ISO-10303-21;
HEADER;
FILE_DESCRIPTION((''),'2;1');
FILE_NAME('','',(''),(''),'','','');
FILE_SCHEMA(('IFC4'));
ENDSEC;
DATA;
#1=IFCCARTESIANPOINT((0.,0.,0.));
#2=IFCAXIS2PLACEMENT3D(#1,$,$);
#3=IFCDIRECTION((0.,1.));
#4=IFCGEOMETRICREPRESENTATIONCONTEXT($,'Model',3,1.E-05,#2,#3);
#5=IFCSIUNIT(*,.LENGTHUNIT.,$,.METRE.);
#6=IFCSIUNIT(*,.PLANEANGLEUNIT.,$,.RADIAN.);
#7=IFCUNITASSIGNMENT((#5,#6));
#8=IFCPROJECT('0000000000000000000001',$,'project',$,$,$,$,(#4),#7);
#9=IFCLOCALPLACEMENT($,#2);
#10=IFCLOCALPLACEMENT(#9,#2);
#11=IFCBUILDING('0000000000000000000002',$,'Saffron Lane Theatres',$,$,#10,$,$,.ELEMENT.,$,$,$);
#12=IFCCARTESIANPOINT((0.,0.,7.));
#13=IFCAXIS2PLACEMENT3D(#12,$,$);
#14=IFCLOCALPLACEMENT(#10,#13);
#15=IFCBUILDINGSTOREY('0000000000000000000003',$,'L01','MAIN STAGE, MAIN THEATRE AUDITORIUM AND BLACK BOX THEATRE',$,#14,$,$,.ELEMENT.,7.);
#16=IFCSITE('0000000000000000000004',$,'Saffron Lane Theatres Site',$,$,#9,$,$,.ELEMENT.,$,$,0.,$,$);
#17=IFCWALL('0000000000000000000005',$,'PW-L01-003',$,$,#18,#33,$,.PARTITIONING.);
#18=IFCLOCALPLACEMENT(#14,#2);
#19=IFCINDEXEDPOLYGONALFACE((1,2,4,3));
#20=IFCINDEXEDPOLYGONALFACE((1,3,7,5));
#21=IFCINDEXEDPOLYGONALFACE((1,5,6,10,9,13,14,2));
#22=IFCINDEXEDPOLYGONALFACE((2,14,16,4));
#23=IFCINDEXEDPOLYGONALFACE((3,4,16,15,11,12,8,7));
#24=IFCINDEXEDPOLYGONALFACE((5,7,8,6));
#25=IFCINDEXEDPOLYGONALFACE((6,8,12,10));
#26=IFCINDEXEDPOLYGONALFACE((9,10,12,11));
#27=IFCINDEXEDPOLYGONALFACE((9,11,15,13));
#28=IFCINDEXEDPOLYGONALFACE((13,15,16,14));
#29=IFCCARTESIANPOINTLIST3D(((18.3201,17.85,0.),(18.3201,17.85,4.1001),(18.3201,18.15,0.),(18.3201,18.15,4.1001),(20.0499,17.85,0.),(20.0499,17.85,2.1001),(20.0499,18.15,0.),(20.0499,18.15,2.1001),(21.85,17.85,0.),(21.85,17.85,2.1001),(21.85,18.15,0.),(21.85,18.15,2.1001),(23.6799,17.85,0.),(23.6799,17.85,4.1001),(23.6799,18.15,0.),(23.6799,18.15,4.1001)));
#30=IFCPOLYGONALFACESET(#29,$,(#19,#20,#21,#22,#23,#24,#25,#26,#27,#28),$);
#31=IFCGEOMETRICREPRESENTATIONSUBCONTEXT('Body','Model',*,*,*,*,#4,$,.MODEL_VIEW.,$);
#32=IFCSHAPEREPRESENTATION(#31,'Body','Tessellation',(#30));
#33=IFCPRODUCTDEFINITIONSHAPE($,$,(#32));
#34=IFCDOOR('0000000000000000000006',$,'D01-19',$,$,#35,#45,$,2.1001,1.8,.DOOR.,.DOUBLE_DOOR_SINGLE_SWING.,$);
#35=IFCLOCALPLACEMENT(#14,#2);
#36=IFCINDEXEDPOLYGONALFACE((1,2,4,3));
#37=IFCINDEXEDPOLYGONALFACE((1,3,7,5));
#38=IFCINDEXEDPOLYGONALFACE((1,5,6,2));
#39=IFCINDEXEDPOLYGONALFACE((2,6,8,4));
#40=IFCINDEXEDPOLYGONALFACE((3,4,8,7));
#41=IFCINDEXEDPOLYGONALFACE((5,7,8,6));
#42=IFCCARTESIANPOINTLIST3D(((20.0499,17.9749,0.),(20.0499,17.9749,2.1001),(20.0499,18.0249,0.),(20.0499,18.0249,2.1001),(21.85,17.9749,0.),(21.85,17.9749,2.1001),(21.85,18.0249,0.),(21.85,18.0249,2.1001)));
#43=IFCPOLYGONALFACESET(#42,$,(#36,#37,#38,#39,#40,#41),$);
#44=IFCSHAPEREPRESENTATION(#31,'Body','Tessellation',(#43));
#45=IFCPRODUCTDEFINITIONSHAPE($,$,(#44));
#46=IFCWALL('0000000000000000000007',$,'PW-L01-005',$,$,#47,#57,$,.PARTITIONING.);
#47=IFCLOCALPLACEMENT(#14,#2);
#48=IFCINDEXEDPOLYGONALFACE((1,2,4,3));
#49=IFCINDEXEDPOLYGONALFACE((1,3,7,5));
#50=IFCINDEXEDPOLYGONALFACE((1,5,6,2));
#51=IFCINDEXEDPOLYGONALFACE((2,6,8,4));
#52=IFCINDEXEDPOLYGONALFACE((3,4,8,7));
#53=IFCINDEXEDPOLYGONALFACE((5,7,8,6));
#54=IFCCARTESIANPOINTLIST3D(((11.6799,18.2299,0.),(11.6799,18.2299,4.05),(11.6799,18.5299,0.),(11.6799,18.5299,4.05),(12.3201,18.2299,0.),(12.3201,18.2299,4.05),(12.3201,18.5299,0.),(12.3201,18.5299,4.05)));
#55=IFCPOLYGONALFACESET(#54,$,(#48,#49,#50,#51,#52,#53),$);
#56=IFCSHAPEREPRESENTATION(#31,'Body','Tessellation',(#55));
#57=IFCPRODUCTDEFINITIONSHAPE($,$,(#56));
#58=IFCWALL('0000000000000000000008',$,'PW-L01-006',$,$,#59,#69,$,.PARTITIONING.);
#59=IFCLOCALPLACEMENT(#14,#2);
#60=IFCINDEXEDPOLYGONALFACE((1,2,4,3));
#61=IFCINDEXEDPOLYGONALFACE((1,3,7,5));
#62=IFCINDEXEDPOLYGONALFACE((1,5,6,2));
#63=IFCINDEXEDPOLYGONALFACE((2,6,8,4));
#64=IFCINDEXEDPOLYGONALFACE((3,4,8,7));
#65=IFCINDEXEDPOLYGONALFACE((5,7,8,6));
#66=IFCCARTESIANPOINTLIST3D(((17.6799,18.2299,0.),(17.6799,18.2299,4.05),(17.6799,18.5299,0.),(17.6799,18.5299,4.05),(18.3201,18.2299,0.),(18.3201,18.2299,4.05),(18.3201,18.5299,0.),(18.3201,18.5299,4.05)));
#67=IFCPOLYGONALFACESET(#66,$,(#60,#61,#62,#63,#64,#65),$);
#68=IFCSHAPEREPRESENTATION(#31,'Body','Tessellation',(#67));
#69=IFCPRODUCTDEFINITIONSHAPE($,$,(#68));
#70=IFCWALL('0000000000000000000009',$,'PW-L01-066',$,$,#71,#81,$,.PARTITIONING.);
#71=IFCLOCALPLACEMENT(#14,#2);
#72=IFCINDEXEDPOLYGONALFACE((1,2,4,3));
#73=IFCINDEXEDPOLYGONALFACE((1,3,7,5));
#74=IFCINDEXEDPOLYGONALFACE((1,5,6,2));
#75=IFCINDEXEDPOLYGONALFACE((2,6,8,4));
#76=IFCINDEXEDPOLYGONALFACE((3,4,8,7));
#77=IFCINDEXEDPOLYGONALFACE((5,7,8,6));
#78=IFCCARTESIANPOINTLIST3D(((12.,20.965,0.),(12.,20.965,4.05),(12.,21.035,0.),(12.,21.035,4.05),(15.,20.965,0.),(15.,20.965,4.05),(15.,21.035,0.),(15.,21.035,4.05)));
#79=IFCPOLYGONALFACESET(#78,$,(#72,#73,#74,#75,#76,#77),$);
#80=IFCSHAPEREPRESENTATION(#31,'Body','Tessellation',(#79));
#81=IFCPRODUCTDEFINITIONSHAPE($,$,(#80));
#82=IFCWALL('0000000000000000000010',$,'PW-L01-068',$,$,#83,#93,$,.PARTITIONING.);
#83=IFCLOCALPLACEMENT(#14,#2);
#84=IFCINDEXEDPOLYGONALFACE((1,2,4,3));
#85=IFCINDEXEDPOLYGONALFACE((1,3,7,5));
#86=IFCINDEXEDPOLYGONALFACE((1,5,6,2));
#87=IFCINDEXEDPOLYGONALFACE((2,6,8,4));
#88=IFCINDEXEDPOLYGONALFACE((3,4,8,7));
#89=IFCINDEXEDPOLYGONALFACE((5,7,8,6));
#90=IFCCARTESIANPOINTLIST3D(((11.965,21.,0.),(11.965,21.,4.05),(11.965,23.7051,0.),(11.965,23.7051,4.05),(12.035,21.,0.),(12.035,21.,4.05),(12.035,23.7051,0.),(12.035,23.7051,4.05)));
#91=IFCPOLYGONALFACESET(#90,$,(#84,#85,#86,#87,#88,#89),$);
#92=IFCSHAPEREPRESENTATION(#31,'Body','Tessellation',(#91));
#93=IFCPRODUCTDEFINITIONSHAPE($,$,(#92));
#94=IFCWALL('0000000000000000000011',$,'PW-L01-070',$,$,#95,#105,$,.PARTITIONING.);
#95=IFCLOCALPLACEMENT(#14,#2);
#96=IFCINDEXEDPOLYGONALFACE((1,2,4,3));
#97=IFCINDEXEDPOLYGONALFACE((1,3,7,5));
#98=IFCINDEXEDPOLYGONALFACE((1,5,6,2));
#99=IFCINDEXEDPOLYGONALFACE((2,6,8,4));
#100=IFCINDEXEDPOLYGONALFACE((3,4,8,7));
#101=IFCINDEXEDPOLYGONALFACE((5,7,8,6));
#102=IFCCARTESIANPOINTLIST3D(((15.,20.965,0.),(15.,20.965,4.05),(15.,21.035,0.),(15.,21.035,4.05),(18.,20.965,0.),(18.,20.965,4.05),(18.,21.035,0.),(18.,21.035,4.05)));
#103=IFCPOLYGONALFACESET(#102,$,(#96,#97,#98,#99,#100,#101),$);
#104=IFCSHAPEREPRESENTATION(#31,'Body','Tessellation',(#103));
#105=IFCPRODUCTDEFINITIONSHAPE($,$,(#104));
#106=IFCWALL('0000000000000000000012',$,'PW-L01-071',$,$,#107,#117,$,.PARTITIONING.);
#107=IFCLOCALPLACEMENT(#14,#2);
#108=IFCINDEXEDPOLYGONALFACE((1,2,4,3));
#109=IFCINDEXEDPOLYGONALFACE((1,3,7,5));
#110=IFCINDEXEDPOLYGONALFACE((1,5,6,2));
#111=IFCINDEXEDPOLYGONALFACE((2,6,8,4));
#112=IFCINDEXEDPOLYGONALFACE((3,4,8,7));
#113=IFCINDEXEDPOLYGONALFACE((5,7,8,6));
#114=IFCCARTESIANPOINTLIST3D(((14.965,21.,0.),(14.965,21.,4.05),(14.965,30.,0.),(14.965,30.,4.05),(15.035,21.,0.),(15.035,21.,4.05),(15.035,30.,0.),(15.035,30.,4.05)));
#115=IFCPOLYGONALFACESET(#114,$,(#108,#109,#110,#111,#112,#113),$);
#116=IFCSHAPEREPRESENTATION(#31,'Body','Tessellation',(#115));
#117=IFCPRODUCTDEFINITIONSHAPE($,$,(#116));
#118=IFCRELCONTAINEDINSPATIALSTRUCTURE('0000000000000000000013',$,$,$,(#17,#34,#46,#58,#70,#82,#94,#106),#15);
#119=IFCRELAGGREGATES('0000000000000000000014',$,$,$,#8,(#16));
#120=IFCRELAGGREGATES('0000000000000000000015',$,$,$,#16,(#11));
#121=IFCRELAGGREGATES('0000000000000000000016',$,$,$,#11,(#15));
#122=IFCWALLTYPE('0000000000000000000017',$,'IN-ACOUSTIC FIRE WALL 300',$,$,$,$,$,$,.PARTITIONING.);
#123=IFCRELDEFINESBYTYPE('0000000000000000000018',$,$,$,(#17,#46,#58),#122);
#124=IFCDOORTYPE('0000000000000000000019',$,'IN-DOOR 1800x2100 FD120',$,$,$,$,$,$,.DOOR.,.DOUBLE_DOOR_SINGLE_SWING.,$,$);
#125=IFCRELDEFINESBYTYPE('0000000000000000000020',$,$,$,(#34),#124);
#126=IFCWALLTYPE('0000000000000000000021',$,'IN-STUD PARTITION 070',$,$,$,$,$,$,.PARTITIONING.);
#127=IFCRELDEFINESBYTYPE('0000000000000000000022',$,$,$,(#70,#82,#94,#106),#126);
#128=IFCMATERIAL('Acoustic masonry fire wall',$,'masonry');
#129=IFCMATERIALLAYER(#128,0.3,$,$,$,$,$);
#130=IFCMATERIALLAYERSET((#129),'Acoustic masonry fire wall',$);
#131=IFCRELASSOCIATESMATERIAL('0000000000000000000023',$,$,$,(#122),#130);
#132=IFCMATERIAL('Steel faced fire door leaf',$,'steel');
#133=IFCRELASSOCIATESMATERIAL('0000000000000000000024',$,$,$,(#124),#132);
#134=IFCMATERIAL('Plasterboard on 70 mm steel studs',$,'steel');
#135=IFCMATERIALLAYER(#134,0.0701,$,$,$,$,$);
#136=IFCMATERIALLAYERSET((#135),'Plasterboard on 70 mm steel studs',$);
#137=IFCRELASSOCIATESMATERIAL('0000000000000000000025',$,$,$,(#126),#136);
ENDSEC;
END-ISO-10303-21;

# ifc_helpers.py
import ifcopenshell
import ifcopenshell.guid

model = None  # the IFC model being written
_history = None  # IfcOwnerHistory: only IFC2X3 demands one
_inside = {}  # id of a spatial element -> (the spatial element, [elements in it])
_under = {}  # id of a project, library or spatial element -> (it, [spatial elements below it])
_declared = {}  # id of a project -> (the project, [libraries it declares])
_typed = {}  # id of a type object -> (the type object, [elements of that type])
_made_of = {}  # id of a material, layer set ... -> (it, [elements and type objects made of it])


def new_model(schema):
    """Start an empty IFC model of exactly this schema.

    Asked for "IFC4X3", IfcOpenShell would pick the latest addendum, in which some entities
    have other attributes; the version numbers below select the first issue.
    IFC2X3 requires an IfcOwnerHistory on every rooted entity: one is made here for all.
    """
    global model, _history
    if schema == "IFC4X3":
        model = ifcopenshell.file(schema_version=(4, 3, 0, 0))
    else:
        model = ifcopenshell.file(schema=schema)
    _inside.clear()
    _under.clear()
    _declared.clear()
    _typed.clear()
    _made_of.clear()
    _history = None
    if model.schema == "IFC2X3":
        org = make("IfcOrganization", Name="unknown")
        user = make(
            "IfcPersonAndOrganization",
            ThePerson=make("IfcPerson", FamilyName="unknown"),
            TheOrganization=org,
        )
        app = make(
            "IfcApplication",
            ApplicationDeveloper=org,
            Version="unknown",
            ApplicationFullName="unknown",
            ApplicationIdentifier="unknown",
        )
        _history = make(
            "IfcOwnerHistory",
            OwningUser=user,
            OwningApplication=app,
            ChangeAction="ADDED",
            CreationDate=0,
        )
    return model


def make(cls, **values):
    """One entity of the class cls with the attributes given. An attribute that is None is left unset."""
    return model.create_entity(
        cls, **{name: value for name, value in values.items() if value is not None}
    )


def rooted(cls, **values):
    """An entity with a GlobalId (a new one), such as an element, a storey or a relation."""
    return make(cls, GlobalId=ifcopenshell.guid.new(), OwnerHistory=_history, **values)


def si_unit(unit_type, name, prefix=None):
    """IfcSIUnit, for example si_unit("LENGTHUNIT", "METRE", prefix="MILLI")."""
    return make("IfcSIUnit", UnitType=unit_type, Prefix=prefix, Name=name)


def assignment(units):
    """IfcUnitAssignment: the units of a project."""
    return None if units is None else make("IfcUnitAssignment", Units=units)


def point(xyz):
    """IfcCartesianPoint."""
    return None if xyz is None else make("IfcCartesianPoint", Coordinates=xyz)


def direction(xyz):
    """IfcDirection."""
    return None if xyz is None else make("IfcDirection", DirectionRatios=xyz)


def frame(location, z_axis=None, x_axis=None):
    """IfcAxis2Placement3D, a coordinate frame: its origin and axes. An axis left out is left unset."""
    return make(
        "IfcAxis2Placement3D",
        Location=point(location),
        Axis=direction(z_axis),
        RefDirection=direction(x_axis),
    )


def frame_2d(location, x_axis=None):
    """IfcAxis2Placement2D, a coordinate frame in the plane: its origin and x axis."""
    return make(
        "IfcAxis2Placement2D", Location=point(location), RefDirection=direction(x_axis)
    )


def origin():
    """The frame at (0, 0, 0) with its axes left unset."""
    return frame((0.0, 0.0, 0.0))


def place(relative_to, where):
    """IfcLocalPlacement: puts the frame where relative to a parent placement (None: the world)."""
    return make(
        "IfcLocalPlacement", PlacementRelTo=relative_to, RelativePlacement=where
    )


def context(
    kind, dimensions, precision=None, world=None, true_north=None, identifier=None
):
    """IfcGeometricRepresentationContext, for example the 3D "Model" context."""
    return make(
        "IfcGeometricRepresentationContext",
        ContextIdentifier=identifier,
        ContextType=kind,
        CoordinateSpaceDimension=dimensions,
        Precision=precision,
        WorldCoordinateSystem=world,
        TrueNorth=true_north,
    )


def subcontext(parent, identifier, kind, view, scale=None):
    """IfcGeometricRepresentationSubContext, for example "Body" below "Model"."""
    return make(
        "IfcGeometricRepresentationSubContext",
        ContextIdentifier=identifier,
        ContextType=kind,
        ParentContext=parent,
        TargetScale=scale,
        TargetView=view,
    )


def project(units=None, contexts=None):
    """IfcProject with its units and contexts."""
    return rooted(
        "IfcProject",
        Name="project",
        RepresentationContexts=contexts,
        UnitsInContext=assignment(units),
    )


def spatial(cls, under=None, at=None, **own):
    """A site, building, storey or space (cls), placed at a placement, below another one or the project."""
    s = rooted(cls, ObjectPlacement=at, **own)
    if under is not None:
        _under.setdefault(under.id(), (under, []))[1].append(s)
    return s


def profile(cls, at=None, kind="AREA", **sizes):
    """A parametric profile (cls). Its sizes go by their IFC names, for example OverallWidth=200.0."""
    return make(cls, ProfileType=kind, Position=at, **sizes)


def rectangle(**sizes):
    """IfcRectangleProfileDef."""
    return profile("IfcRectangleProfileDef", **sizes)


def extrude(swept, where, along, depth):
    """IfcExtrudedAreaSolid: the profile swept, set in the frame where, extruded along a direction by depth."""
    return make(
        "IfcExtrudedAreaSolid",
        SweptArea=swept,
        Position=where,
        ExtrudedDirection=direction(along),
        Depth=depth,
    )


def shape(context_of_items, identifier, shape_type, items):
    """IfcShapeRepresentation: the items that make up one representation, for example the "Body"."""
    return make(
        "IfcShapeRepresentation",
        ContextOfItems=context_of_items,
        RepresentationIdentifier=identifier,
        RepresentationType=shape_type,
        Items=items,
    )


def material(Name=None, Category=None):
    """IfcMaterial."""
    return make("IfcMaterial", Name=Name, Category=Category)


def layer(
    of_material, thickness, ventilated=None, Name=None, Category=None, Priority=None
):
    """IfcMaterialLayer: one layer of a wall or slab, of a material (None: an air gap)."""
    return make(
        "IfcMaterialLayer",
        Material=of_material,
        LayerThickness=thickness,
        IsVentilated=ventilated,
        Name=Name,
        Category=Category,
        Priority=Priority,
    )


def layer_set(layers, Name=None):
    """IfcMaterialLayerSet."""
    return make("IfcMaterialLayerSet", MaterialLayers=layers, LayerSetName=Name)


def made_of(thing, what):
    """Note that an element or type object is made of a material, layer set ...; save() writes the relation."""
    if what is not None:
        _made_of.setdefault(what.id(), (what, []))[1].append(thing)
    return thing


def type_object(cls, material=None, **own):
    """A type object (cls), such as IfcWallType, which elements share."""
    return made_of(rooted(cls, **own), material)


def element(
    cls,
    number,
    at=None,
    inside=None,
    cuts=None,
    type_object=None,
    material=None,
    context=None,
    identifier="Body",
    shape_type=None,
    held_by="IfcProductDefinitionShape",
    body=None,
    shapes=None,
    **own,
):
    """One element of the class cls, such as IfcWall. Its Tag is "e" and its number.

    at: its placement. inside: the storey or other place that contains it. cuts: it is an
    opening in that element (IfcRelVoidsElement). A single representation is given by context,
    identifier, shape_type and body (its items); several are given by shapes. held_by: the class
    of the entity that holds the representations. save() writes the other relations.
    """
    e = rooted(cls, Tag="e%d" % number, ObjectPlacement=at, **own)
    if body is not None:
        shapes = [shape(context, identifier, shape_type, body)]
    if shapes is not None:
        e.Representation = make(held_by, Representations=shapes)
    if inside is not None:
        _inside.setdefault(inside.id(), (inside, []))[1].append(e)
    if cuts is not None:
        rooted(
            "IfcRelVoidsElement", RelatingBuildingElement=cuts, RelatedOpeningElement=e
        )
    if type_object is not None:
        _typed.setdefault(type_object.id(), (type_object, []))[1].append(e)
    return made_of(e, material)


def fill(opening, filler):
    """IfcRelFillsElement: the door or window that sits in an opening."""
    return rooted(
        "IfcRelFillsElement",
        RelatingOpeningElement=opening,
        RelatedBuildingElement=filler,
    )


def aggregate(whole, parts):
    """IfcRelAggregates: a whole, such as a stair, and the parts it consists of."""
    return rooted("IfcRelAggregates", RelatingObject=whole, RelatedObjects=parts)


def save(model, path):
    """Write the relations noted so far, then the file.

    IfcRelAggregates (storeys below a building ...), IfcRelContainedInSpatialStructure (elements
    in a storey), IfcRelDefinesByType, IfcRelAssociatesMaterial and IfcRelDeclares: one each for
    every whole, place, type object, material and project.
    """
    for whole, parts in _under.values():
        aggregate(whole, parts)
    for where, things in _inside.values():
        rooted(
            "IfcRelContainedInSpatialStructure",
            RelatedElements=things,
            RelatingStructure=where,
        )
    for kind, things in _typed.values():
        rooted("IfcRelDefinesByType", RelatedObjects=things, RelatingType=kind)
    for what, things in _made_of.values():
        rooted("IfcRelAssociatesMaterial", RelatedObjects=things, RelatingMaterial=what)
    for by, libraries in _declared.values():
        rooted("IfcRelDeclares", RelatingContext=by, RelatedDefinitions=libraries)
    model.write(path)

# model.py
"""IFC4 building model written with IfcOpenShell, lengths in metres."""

from ifc_helpers import new_model, si_unit, direction, frame, frame_2d, origin, place, context, subcontext, project, spatial, rectangle, extrude, material, layer, layer_set, type_object, element, fill, save


model = new_model("IFC4")

# Units and contexts
model_context = context("Model", 3, precision=1e-05, world=origin(), true_north=direction((0.0, 1.0)))
body_context = subcontext(model_context, "Body", "Model", "MODEL_VIEW")
ifc_project = project(units=[si_unit("LENGTHUNIT", "METRE"), si_unit("PLANEANGLEUNIT", "RADIAN")], contexts=[model_context])

# Site, building, storey
site_placement = place(None, origin())
site = spatial("IfcSite", under=ifc_project, at=site_placement, Name="Saffron Lane Theatres Site", CompositionType="ELEMENT", RefElevation=0.0)
building_placement = place(site_placement, origin())
building = spatial("IfcBuilding", under=site, at=building_placement, Name="Saffron Lane Theatres", CompositionType="ELEMENT")
storey_placement = place(building_placement, frame((0.0, 0.0, 7.0)))
storey = spatial("IfcBuildingStorey", under=building, at=storey_placement, Name="L01", Description="MAIN STAGE, MAIN THEATRE AUDITORIUM AND BLACK BOX THEATRE", CompositionType="ELEMENT", Elevation=7.0)

# Wall, opening, door
ifc_material_1 = material(Name="Acoustic masonry fire wall", Category="masonry")
ifc_layer_1 = layer(ifc_material_1, 0.3)
ifc_layer_set_1 = layer_set([ifc_layer_1], Name="Acoustic masonry fire wall")
wall_type_1 = type_object("IfcWallType", Name="IN-ACOUSTIC FIRE WALL 300", PredefinedType="PARTITIONING", material=ifc_layer_set_1)
ifc_material_2 = material(Name="Steel faced fire door leaf", Category="steel")
door_type = type_object("IfcDoorType", Name="IN-DOOR 1800x2100 FD120", OperationType="DOUBLE_DOOR_SINGLE_SWING", PredefinedType="DOOR", material=ifc_material_2)
wall_1_placement = place(storey_placement, frame((18.3201, 18.0, 0.0), z_axis=(0.0, 0.0, 1.0), x_axis=(1.0, 0.0, 0.0)))
wall_1 = element("IfcWall", 1, at=wall_1_placement, inside=storey, type_object=wall_type_1, Name="PW-L01-003", PredefinedType="PARTITIONING", context=body_context, shape_type="SweptSolid", body=[
    extrude(rectangle(XDim=5.3599, YDim=0.3, at=frame_2d((2.6799, 0.0))), origin(), (0.0, 0.0, 1.0), 4.1001),
])
opening_1_placement = place(wall_1_placement, frame((1.73, 0.0, 0.0)))
opening_1 = element("IfcOpeningElement", 2, at=opening_1_placement, cuts=wall_1, PredefinedType="OPENING", context=body_context, shape_type="SweptSolid", body=[
    extrude(rectangle(XDim=1.8, YDim=2.1001, at=frame_2d((0.8999, 1.05))), frame((0.0, 0.1602, 0.0), z_axis=(0.0, -1.0, 0.0), x_axis=(1.0, 0.0, 0.0)), (0.0, 0.0, 1.0), 0.3201),
])
door_1_placement = place(opening_1_placement, origin())
door_1 = element("IfcDoor", 3, at=door_1_placement, inside=storey, type_object=door_type, Name="D01-19", OperationType="DOUBLE_DOOR_SINGLE_SWING", OverallHeight=2.1001, OverallWidth=1.8, PredefinedType="DOOR", context=body_context, shape_type="SweptSolid", body=[
    extrude(rectangle(XDim=1.8, YDim=2.1001, at=frame_2d((0.8999, 1.05))), frame((0.0, 0.0249, 0.0), z_axis=(0.0, -1.0, 0.0), x_axis=(1.0, 0.0, 0.0)), (0.0, 0.0, 1.0), 0.05),
])
fill(opening_1, door_1)

# Walls
for number, where, z_axis, x_axis, name in (
    (4, (11.6799, 18.3799, 0.0), (0.0, 0.0, 1.0), (1.0, 0.0, 0.0), "PW-L01-005"),
    (5, (17.6799, 18.3799, 0.0), (0.0, 0.0, 1.0), (1.0, 0.0, 0.0), "PW-L01-006"),
):
    element("IfcWall", number, at=place(storey_placement, frame(where, z_axis=z_axis, x_axis=x_axis)), inside=storey, type_object=wall_type_1, Name=name, PredefinedType="PARTITIONING", context=body_context, shape_type="SweptSolid", body=[
        extrude(rectangle(XDim=0.6401, YDim=0.3, at=frame_2d((0.3201, 0.0))), origin(), (0.0, 0.0, 1.0), 4.05),
    ])
ifc_material_3 = material(Name="Plasterboard on 70 mm steel studs", Category="steel")
ifc_layer_2 = layer(ifc_material_3, 0.0701)
ifc_layer_set_2 = layer_set([ifc_layer_2], Name="Plasterboard on 70 mm steel studs")
wall_type_2 = type_object("IfcWallType", Name="IN-STUD PARTITION 070", PredefinedType="PARTITIONING", material=ifc_layer_set_2)
wall_2_placement = place(storey_placement, frame((12.0, 21.0, 0.0), z_axis=(0.0, 0.0, 1.0), x_axis=(1.0, 0.0, 0.0)))
element("IfcWall", 6, at=wall_2_placement, inside=storey, type_object=wall_type_2, Name="PW-L01-066", PredefinedType="PARTITIONING", context=body_context, shape_type="SweptSolid", body=[
    extrude(rectangle(XDim=3.0, YDim=0.0701, at=frame_2d((1.5, 0.0))), origin(), (0.0, 0.0, 1.0), 4.05),
])
wall_3_placement = place(storey_placement, frame((12.0, 21.0, 0.0), z_axis=(0.0, 0.0, 1.0), x_axis=(0.0, 1.0, 0.0)))
element("IfcWall", 7, at=wall_3_placement, inside=storey, type_object=wall_type_2, Name="PW-L01-068", PredefinedType="PARTITIONING", context=body_context, shape_type="SweptSolid", body=[
    extrude(rectangle(XDim=2.7051, YDim=0.0701, at=frame_2d((1.3525, 0.0))), origin(), (0.0, 0.0, 1.0), 4.05),
])
wall_4_placement = place(storey_placement, frame((15.0, 21.0, 0.0), z_axis=(0.0, 0.0, 1.0), x_axis=(1.0, 0.0, 0.0)))
element("IfcWall", 8, at=wall_4_placement, inside=storey, type_object=wall_type_2, Name="PW-L01-070", PredefinedType="PARTITIONING", context=body_context, shape_type="SweptSolid", body=[
    extrude(rectangle(XDim=3.0, YDim=0.0701, at=frame_2d((1.5, 0.0))), origin(), (0.0, 0.0, 1.0), 4.05),
])
wall_5_placement = place(storey_placement, frame((15.0, 21.0, 0.0), z_axis=(0.0, 0.0, 1.0), x_axis=(0.0, 1.0, 0.0)))
element("IfcWall", 9, at=wall_5_placement, inside=storey, type_object=wall_type_2, Name="PW-L01-071", PredefinedType="PARTITIONING", context=body_context, shape_type="SweptSolid", body=[
    extrude(rectangle(XDim=9.0, YDim=0.0701, at=frame_2d((4.5, 0.0))), origin(), (0.0, 0.0, 1.0), 4.05),
])

save(model, "model.ifc")
